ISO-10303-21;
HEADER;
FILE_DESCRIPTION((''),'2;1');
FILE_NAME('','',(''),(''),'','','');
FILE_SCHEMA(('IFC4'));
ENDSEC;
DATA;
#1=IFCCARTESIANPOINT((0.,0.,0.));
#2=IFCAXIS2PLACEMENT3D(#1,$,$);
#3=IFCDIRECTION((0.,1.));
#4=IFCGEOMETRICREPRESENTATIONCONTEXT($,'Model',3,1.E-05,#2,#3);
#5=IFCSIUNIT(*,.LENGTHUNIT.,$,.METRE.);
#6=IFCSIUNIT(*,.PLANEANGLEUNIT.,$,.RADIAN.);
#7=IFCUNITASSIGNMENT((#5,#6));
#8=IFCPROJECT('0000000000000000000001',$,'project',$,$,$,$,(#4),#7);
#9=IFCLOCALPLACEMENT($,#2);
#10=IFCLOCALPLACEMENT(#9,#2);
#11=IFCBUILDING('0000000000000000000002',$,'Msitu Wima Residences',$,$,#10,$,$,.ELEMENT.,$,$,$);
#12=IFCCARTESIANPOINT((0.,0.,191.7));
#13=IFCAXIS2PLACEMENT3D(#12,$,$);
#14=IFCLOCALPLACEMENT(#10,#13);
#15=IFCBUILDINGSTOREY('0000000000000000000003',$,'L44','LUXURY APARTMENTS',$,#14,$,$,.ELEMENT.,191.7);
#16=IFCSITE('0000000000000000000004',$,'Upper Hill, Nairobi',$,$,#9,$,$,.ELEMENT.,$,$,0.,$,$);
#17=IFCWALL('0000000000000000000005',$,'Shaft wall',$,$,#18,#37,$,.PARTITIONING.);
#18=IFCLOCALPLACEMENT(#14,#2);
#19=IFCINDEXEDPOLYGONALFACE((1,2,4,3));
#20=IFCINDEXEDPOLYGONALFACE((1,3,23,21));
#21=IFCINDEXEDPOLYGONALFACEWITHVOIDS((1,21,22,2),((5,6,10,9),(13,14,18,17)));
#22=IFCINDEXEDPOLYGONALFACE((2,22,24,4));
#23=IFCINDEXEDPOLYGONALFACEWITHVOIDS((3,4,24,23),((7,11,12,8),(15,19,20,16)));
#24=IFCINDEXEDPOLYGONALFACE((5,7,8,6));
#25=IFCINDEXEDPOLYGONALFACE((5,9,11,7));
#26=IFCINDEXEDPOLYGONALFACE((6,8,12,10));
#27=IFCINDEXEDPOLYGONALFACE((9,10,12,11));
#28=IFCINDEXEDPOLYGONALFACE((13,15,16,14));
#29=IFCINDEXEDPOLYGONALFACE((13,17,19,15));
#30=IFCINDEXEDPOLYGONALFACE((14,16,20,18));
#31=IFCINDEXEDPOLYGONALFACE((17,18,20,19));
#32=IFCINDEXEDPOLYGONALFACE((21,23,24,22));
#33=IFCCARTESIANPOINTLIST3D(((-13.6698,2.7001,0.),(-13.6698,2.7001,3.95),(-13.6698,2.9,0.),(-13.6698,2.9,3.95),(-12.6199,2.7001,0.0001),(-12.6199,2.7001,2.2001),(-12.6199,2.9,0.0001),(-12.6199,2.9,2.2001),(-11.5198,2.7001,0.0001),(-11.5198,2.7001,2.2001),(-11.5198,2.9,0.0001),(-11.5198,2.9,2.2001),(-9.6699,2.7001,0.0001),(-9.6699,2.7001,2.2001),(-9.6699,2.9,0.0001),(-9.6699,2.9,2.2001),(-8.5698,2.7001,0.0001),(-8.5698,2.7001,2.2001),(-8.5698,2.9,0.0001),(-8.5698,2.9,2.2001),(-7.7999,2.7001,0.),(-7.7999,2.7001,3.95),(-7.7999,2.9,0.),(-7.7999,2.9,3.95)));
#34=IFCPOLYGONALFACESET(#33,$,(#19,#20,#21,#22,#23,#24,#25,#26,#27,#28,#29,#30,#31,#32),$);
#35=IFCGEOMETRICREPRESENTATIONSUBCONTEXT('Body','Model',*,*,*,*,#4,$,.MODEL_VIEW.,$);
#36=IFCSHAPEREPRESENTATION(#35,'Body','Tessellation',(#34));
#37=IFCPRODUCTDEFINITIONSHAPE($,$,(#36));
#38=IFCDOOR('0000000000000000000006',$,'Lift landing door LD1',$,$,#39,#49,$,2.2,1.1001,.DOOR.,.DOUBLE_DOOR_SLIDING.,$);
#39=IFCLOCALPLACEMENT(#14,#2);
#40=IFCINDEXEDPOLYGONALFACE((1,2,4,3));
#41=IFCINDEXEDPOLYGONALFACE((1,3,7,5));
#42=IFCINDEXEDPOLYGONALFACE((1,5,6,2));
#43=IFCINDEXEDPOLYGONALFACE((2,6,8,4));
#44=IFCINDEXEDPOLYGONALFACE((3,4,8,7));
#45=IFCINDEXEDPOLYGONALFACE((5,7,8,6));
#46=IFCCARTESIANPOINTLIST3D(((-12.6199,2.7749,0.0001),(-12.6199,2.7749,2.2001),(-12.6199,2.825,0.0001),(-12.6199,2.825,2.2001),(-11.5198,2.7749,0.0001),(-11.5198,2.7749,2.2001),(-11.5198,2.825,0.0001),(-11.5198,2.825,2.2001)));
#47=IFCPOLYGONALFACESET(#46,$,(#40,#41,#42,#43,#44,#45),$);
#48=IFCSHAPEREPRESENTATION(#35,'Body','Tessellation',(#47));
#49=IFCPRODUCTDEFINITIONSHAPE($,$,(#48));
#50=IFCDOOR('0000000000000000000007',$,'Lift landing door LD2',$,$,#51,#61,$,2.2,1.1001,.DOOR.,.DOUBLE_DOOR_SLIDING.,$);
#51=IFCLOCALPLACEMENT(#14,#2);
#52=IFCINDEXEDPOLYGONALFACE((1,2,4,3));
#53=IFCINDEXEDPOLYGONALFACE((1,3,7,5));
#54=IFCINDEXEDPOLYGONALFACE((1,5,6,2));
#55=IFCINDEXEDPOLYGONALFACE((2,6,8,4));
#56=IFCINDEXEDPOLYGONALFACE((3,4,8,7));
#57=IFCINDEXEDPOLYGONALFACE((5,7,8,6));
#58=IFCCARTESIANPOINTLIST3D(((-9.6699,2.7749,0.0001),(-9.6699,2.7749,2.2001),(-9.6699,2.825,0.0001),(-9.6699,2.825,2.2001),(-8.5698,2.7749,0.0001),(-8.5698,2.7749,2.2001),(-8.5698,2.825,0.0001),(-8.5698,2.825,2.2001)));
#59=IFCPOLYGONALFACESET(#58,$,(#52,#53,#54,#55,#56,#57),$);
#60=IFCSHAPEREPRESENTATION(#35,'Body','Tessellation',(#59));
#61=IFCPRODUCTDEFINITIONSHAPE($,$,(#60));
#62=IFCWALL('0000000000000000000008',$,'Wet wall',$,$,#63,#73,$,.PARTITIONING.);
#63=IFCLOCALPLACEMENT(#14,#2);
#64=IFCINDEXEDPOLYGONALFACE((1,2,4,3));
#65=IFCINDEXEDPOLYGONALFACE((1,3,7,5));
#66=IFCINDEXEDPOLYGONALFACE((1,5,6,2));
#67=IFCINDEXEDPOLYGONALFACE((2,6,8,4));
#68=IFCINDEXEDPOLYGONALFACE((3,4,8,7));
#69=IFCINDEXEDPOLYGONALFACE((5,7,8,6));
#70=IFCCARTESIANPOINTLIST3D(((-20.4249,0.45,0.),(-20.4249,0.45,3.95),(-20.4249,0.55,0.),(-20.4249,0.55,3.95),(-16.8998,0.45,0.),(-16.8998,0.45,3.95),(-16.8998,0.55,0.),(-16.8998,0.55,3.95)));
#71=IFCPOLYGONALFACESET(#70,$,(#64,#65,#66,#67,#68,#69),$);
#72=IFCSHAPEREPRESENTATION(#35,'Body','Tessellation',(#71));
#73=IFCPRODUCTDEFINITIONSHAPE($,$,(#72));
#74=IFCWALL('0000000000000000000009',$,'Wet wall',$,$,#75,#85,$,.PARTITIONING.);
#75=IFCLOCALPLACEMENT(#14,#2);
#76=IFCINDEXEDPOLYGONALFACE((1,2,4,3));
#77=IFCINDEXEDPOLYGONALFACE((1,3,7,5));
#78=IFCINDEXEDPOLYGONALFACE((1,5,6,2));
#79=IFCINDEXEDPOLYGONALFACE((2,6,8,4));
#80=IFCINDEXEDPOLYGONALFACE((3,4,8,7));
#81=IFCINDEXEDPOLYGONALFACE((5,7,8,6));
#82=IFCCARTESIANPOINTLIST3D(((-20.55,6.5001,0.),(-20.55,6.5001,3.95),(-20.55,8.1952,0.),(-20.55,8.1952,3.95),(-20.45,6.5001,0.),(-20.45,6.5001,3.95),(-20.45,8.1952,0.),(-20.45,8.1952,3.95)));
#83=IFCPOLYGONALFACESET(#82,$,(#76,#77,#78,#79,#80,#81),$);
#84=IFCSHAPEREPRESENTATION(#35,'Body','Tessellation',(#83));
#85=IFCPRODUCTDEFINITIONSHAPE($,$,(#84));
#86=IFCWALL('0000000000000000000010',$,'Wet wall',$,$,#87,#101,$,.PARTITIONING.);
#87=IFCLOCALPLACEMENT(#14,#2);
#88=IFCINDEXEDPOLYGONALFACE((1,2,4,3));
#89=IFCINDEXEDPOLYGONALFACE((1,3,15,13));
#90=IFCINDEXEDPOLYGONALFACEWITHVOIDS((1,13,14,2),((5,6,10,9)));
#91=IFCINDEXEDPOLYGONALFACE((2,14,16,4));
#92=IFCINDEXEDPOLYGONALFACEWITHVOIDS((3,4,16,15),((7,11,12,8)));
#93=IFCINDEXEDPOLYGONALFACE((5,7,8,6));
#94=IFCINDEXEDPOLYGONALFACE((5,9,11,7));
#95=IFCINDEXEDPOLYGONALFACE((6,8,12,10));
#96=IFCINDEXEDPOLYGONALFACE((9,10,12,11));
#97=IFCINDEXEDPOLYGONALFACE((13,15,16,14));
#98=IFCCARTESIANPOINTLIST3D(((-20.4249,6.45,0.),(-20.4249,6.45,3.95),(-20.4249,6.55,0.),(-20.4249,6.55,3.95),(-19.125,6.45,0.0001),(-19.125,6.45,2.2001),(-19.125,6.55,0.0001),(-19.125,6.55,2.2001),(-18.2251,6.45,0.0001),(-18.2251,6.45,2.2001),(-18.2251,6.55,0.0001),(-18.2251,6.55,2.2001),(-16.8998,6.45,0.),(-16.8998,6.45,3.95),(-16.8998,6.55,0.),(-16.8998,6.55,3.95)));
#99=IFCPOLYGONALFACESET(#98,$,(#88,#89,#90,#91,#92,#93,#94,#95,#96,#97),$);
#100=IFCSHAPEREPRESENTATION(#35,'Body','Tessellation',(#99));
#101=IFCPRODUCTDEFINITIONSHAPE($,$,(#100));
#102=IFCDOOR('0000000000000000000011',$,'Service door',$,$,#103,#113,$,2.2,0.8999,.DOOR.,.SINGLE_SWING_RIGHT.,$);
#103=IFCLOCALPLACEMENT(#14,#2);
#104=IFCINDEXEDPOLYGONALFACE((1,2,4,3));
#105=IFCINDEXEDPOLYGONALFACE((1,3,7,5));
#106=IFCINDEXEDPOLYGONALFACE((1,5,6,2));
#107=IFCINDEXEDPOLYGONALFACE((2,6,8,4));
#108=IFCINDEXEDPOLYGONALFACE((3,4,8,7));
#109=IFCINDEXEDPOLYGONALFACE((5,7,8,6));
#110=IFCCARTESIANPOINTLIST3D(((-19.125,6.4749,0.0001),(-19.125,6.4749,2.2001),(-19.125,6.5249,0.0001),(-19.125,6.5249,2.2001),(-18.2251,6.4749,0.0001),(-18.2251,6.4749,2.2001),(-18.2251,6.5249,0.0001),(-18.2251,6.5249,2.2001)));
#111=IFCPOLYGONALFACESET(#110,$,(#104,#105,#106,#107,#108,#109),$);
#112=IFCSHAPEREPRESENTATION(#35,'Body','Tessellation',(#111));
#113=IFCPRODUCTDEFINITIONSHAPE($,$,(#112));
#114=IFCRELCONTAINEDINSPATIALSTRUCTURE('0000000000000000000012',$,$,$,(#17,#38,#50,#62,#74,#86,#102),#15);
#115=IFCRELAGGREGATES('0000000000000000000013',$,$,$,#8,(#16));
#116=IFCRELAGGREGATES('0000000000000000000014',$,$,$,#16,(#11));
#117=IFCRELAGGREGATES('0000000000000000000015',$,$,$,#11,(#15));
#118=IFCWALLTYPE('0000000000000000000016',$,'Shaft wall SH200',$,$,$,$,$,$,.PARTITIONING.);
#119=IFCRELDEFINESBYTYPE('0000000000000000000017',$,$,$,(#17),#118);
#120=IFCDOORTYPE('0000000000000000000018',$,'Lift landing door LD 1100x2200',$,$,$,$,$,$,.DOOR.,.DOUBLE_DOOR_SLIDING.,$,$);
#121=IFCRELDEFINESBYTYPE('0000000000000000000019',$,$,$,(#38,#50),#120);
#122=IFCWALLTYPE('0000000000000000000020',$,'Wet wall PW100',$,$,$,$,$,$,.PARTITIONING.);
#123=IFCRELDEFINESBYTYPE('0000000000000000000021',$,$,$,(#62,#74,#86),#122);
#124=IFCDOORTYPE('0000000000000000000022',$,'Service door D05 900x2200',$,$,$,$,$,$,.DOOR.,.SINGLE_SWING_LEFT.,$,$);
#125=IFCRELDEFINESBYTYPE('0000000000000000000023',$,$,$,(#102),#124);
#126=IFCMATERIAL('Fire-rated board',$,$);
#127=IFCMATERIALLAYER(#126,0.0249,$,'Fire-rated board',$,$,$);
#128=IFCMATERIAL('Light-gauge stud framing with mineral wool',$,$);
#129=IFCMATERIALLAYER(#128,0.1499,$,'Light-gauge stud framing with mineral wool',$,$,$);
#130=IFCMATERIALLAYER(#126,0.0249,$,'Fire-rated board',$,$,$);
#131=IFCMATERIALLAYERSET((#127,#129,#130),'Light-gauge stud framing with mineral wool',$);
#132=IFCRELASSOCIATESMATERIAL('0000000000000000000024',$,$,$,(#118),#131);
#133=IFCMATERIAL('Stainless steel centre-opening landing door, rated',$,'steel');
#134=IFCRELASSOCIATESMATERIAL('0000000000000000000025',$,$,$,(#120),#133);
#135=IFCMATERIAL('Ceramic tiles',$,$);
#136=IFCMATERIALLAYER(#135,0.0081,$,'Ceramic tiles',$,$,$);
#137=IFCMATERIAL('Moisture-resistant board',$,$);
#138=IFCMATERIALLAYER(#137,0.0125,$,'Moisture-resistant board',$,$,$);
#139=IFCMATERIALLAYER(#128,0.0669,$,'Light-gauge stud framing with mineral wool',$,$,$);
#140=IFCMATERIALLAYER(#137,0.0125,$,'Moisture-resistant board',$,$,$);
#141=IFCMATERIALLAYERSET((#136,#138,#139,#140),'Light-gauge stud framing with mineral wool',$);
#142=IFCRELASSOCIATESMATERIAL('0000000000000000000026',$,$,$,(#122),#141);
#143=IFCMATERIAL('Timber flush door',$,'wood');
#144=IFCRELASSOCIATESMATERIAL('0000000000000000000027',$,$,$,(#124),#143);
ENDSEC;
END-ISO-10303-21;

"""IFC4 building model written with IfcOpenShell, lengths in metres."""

from ifc_helpers import new_model, si_unit, direction, frame, frame_2d, origin, place, context, subcontext, project, spatial, rectangle, extrude, material, layer, layer_set, type_object, element, fill, save


model = new_model("IFC4")

# Units and contexts
model_context = context("Model", 3, precision=1e-05, world=origin(), true_north=direction((0.0, 1.0)))
body_context = subcontext(model_context, "Body", "Model", "MODEL_VIEW")
ifc_project = project(units=[si_unit("LENGTHUNIT", "METRE"), si_unit("PLANEANGLEUNIT", "RADIAN")], contexts=[model_context])

# Site, building, storey
site_placement = place(None, origin())
site = spatial("IfcSite", under=ifc_project, at=site_placement, Name="Upper Hill, Nairobi", CompositionType="ELEMENT", RefElevation=0.0)
building_placement = place(site_placement, origin())
building = spatial("IfcBuilding", under=site, at=building_placement, Name="Msitu Wima Residences", CompositionType="ELEMENT")
storey_placement = place(building_placement, frame((0.0, 0.0, 191.7)))
storey = spatial("IfcBuildingStorey", under=building, at=storey_placement, Name="L44", Description="LUXURY APARTMENTS", CompositionType="ELEMENT", Elevation=191.7)

# Shared definitions
ifc_material_1 = material(Name="Timber flush door", Category="wood")

# Wall, openings, doors
ifc_material_2 = material(Name="Fire-rated board")
ifc_layer_1 = layer(ifc_material_2, 0.0249, Name="Fire-rated board")
ifc_material_3 = material(Name="Light-gauge stud framing with mineral wool")
ifc_layer_2 = layer(ifc_material_3, 0.1499, Name="Light-gauge stud framing with mineral wool")
ifc_layer_3 = layer(ifc_material_2, 0.0249, Name="Fire-rated board")
ifc_layer_set_1 = layer_set([ifc_layer_1, ifc_layer_2, ifc_layer_3], Name="Light-gauge stud framing with mineral wool")
wall_type_1 = type_object("IfcWallType", Name="Shaft wall SH200", PredefinedType="PARTITIONING", material=ifc_layer_set_1)
wall_1_placement = place(storey_placement, frame((-13.6699, 2.8, 0.0), z_axis=(0.0, 0.0, 1.0), x_axis=(1.0, 0.0, 0.0)))
wall_1 = element("IfcWall", 1, at=wall_1_placement, inside=storey, type_object=wall_type_1, Name="Shaft wall", PredefinedType="PARTITIONING", context=body_context, shape_type="SweptSolid", body=[
    extrude(rectangle(XDim=5.8699, YDim=0.2, at=frame_2d((2.9351, 0.0))), origin(), (0.0, 0.0, 1.0), 3.95),
])
opening_1_placement = place(wall_1_placement, frame((1.05, 0.0, 0.0)))
opening_1 = element("IfcOpeningElement", 2, at=opening_1_placement, cuts=wall_1, PredefinedType="OPENING", context=body_context, shape_type="SweptSolid", body=[
    extrude(rectangle(XDim=1.1001, YDim=2.2, at=frame_2d((0.55, 1.1001))), frame((0.0, 0.1099, 0.0), z_axis=(0.0, -1.0, 0.0), x_axis=(1.0, 0.0, 0.0)), (0.0, 0.0, 1.0), 0.22),
])
opening_2_placement = place(wall_1_placement, frame((4.0, 0.0, 0.0)))
opening_2 = element("IfcOpeningElement", 3, at=opening_2_placement, cuts=wall_1, PredefinedType="OPENING", context=body_context, shape_type="SweptSolid", body=[
    extrude(rectangle(XDim=1.1001, YDim=2.2, at=frame_2d((0.55, 1.1001))), frame((0.0, 0.1099, 0.0), z_axis=(0.0, -1.0, 0.0), x_axis=(1.0, 0.0, 0.0)), (0.0, 0.0, 1.0), 0.22),
])
ifc_material_4 = material(Name="Stainless steel centre-opening landing door, rated", Category="steel")
door_type_1 = type_object("IfcDoorType", Name="Lift landing door LD 1100x2200", OperationType="DOUBLE_DOOR_SLIDING", PredefinedType="DOOR", material=ifc_material_4)
door_1_placement = place(opening_1_placement, origin())
door_1 = element("IfcDoor", 4, at=door_1_placement, inside=storey, type_object=door_type_1, Name="Lift landing door LD1", OperationType="DOUBLE_DOOR_SLIDING", OverallHeight=2.2, OverallWidth=1.1001, PredefinedType="DOOR", context=body_context, shape_type="SweptSolid", body=[
    extrude(rectangle(XDim=1.1001, YDim=2.2, at=frame_2d((0.55, 1.1001))), frame((0.0, 0.0249, 0.0), z_axis=(0.0, -1.0, 0.0), x_axis=(1.0, 0.0, 0.0)), (0.0, 0.0, 1.0), 0.05),
])
fill(opening_1, door_1)
door_2_placement = place(opening_2_placement, origin())
door_2 = element("IfcDoor", 5, at=door_2_placement, inside=storey, type_object=door_type_1, Name="Lift landing door LD2", OperationType="DOUBLE_DOOR_SLIDING", OverallHeight=2.2, OverallWidth=1.1001, PredefinedType="DOOR", context=body_context, shape_type="SweptSolid", body=[
    extrude(rectangle(XDim=1.1001, YDim=2.2, at=frame_2d((0.55, 1.1001))), frame((0.0, 0.0249, 0.0), z_axis=(0.0, -1.0, 0.0), x_axis=(1.0, 0.0, 0.0)), (0.0, 0.0, 1.0), 0.05),
])
fill(opening_2, door_2)

# Walls
ifc_material_5 = material(Name="Ceramic tiles")
ifc_layer_4 = layer(ifc_material_5, 0.0081, Name="Ceramic tiles")
ifc_material_6 = material(Name="Moisture-resistant board")
ifc_layer_5 = layer(ifc_material_6, 0.0125, Name="Moisture-resistant board")
ifc_layer_6 = layer(ifc_material_3, 0.0669, Name="Light-gauge stud framing with mineral wool")
ifc_layer_7 = layer(ifc_material_6, 0.0125, Name="Moisture-resistant board")
ifc_layer_set_2 = layer_set([ifc_layer_4, ifc_layer_5, ifc_layer_6, ifc_layer_7], Name="Light-gauge stud framing with mineral wool")
wall_type_2 = type_object("IfcWallType", Name="Wet wall PW100", PredefinedType="PARTITIONING", material=ifc_layer_set_2)
wall_2_placement = place(storey_placement, frame((-20.425, 0.5, 0.0), z_axis=(0.0, 0.0, 1.0), x_axis=(1.0, 0.0, 0.0)))
element("IfcWall", 6, at=wall_2_placement, inside=storey, type_object=wall_type_2, Name="Wet wall", PredefinedType="PARTITIONING", context=body_context, shape_type="SweptSolid", body=[
    extrude(rectangle(XDim=3.5251, YDim=0.1001, at=frame_2d((1.7627, 0.0))), origin(), (0.0, 0.0, 1.0), 3.95),
])
wall_3_placement = place(storey_placement, frame((-20.5, 6.5, 0.0), z_axis=(0.0, 0.0, 1.0), x_axis=(0.0, 1.0, 0.0)))
element("IfcWall", 7, at=wall_3_placement, inside=storey, type_object=wall_type_2, Name="Wet wall", PredefinedType="PARTITIONING", context=body_context, shape_type="SweptSolid", body=[
    extrude(rectangle(XDim=1.6951, YDim=0.1001, at=frame_2d((0.8477, 0.0))), origin(), (0.0, 0.0, 1.0), 3.95),
])

# Wall, opening, door
wall_4_placement = place(storey_placement, frame((-20.425, 6.5, 0.0), z_axis=(0.0, 0.0, 1.0), x_axis=(1.0, 0.0, 0.0)))
wall_4 = element("IfcWall", 8, at=wall_4_placement, inside=storey, type_object=wall_type_2, Name="Wet wall", PredefinedType="PARTITIONING", context=body_context, shape_type="SweptSolid", body=[
    extrude(rectangle(XDim=3.5251, YDim=0.1001, at=frame_2d((1.7627, 0.0))), origin(), (0.0, 0.0, 1.0), 3.95),
])
opening_3_placement = place(wall_4_placement, frame((1.3, 0.0, 0.0)))
opening_3 = element("IfcOpeningElement", 9, at=opening_3_placement, cuts=wall_4, PredefinedType="OPENING", context=body_context, shape_type="SweptSolid", body=[
    extrude(rectangle(XDim=0.8999, YDim=2.2, at=frame_2d((0.45, 1.1001))), frame((0.0, 0.0601, 0.0), z_axis=(0.0, -1.0, 0.0), x_axis=(1.0, 0.0, 0.0)), (0.0, 0.0, 1.0), 0.1201),
])
door_type_2 = type_object("IfcDoorType", Name="Service door D05 900x2200", OperationType="SINGLE_SWING_LEFT", PredefinedType="DOOR", material=ifc_material_1)
door_3_placement = place(opening_3_placement, origin())
door_3 = element("IfcDoor", 10, at=door_3_placement, inside=storey, type_object=door_type_2, Name="Service door", OperationType="SINGLE_SWING_RIGHT", OverallHeight=2.2, OverallWidth=0.8999, PredefinedType="DOOR", context=body_context, shape_type="SweptSolid", body=[
    extrude(rectangle(XDim=0.8999, YDim=2.2, at=frame_2d((0.45, 1.1001))), frame((0.0, 0.0249, 0.0), z_axis=(0.0, -1.0, 0.0), x_axis=(1.0, 0.0, 0.0)), (0.0, 0.0, 1.0), 0.05),
])
fill(opening_3, door_3)

save(model, "model.ifc")
